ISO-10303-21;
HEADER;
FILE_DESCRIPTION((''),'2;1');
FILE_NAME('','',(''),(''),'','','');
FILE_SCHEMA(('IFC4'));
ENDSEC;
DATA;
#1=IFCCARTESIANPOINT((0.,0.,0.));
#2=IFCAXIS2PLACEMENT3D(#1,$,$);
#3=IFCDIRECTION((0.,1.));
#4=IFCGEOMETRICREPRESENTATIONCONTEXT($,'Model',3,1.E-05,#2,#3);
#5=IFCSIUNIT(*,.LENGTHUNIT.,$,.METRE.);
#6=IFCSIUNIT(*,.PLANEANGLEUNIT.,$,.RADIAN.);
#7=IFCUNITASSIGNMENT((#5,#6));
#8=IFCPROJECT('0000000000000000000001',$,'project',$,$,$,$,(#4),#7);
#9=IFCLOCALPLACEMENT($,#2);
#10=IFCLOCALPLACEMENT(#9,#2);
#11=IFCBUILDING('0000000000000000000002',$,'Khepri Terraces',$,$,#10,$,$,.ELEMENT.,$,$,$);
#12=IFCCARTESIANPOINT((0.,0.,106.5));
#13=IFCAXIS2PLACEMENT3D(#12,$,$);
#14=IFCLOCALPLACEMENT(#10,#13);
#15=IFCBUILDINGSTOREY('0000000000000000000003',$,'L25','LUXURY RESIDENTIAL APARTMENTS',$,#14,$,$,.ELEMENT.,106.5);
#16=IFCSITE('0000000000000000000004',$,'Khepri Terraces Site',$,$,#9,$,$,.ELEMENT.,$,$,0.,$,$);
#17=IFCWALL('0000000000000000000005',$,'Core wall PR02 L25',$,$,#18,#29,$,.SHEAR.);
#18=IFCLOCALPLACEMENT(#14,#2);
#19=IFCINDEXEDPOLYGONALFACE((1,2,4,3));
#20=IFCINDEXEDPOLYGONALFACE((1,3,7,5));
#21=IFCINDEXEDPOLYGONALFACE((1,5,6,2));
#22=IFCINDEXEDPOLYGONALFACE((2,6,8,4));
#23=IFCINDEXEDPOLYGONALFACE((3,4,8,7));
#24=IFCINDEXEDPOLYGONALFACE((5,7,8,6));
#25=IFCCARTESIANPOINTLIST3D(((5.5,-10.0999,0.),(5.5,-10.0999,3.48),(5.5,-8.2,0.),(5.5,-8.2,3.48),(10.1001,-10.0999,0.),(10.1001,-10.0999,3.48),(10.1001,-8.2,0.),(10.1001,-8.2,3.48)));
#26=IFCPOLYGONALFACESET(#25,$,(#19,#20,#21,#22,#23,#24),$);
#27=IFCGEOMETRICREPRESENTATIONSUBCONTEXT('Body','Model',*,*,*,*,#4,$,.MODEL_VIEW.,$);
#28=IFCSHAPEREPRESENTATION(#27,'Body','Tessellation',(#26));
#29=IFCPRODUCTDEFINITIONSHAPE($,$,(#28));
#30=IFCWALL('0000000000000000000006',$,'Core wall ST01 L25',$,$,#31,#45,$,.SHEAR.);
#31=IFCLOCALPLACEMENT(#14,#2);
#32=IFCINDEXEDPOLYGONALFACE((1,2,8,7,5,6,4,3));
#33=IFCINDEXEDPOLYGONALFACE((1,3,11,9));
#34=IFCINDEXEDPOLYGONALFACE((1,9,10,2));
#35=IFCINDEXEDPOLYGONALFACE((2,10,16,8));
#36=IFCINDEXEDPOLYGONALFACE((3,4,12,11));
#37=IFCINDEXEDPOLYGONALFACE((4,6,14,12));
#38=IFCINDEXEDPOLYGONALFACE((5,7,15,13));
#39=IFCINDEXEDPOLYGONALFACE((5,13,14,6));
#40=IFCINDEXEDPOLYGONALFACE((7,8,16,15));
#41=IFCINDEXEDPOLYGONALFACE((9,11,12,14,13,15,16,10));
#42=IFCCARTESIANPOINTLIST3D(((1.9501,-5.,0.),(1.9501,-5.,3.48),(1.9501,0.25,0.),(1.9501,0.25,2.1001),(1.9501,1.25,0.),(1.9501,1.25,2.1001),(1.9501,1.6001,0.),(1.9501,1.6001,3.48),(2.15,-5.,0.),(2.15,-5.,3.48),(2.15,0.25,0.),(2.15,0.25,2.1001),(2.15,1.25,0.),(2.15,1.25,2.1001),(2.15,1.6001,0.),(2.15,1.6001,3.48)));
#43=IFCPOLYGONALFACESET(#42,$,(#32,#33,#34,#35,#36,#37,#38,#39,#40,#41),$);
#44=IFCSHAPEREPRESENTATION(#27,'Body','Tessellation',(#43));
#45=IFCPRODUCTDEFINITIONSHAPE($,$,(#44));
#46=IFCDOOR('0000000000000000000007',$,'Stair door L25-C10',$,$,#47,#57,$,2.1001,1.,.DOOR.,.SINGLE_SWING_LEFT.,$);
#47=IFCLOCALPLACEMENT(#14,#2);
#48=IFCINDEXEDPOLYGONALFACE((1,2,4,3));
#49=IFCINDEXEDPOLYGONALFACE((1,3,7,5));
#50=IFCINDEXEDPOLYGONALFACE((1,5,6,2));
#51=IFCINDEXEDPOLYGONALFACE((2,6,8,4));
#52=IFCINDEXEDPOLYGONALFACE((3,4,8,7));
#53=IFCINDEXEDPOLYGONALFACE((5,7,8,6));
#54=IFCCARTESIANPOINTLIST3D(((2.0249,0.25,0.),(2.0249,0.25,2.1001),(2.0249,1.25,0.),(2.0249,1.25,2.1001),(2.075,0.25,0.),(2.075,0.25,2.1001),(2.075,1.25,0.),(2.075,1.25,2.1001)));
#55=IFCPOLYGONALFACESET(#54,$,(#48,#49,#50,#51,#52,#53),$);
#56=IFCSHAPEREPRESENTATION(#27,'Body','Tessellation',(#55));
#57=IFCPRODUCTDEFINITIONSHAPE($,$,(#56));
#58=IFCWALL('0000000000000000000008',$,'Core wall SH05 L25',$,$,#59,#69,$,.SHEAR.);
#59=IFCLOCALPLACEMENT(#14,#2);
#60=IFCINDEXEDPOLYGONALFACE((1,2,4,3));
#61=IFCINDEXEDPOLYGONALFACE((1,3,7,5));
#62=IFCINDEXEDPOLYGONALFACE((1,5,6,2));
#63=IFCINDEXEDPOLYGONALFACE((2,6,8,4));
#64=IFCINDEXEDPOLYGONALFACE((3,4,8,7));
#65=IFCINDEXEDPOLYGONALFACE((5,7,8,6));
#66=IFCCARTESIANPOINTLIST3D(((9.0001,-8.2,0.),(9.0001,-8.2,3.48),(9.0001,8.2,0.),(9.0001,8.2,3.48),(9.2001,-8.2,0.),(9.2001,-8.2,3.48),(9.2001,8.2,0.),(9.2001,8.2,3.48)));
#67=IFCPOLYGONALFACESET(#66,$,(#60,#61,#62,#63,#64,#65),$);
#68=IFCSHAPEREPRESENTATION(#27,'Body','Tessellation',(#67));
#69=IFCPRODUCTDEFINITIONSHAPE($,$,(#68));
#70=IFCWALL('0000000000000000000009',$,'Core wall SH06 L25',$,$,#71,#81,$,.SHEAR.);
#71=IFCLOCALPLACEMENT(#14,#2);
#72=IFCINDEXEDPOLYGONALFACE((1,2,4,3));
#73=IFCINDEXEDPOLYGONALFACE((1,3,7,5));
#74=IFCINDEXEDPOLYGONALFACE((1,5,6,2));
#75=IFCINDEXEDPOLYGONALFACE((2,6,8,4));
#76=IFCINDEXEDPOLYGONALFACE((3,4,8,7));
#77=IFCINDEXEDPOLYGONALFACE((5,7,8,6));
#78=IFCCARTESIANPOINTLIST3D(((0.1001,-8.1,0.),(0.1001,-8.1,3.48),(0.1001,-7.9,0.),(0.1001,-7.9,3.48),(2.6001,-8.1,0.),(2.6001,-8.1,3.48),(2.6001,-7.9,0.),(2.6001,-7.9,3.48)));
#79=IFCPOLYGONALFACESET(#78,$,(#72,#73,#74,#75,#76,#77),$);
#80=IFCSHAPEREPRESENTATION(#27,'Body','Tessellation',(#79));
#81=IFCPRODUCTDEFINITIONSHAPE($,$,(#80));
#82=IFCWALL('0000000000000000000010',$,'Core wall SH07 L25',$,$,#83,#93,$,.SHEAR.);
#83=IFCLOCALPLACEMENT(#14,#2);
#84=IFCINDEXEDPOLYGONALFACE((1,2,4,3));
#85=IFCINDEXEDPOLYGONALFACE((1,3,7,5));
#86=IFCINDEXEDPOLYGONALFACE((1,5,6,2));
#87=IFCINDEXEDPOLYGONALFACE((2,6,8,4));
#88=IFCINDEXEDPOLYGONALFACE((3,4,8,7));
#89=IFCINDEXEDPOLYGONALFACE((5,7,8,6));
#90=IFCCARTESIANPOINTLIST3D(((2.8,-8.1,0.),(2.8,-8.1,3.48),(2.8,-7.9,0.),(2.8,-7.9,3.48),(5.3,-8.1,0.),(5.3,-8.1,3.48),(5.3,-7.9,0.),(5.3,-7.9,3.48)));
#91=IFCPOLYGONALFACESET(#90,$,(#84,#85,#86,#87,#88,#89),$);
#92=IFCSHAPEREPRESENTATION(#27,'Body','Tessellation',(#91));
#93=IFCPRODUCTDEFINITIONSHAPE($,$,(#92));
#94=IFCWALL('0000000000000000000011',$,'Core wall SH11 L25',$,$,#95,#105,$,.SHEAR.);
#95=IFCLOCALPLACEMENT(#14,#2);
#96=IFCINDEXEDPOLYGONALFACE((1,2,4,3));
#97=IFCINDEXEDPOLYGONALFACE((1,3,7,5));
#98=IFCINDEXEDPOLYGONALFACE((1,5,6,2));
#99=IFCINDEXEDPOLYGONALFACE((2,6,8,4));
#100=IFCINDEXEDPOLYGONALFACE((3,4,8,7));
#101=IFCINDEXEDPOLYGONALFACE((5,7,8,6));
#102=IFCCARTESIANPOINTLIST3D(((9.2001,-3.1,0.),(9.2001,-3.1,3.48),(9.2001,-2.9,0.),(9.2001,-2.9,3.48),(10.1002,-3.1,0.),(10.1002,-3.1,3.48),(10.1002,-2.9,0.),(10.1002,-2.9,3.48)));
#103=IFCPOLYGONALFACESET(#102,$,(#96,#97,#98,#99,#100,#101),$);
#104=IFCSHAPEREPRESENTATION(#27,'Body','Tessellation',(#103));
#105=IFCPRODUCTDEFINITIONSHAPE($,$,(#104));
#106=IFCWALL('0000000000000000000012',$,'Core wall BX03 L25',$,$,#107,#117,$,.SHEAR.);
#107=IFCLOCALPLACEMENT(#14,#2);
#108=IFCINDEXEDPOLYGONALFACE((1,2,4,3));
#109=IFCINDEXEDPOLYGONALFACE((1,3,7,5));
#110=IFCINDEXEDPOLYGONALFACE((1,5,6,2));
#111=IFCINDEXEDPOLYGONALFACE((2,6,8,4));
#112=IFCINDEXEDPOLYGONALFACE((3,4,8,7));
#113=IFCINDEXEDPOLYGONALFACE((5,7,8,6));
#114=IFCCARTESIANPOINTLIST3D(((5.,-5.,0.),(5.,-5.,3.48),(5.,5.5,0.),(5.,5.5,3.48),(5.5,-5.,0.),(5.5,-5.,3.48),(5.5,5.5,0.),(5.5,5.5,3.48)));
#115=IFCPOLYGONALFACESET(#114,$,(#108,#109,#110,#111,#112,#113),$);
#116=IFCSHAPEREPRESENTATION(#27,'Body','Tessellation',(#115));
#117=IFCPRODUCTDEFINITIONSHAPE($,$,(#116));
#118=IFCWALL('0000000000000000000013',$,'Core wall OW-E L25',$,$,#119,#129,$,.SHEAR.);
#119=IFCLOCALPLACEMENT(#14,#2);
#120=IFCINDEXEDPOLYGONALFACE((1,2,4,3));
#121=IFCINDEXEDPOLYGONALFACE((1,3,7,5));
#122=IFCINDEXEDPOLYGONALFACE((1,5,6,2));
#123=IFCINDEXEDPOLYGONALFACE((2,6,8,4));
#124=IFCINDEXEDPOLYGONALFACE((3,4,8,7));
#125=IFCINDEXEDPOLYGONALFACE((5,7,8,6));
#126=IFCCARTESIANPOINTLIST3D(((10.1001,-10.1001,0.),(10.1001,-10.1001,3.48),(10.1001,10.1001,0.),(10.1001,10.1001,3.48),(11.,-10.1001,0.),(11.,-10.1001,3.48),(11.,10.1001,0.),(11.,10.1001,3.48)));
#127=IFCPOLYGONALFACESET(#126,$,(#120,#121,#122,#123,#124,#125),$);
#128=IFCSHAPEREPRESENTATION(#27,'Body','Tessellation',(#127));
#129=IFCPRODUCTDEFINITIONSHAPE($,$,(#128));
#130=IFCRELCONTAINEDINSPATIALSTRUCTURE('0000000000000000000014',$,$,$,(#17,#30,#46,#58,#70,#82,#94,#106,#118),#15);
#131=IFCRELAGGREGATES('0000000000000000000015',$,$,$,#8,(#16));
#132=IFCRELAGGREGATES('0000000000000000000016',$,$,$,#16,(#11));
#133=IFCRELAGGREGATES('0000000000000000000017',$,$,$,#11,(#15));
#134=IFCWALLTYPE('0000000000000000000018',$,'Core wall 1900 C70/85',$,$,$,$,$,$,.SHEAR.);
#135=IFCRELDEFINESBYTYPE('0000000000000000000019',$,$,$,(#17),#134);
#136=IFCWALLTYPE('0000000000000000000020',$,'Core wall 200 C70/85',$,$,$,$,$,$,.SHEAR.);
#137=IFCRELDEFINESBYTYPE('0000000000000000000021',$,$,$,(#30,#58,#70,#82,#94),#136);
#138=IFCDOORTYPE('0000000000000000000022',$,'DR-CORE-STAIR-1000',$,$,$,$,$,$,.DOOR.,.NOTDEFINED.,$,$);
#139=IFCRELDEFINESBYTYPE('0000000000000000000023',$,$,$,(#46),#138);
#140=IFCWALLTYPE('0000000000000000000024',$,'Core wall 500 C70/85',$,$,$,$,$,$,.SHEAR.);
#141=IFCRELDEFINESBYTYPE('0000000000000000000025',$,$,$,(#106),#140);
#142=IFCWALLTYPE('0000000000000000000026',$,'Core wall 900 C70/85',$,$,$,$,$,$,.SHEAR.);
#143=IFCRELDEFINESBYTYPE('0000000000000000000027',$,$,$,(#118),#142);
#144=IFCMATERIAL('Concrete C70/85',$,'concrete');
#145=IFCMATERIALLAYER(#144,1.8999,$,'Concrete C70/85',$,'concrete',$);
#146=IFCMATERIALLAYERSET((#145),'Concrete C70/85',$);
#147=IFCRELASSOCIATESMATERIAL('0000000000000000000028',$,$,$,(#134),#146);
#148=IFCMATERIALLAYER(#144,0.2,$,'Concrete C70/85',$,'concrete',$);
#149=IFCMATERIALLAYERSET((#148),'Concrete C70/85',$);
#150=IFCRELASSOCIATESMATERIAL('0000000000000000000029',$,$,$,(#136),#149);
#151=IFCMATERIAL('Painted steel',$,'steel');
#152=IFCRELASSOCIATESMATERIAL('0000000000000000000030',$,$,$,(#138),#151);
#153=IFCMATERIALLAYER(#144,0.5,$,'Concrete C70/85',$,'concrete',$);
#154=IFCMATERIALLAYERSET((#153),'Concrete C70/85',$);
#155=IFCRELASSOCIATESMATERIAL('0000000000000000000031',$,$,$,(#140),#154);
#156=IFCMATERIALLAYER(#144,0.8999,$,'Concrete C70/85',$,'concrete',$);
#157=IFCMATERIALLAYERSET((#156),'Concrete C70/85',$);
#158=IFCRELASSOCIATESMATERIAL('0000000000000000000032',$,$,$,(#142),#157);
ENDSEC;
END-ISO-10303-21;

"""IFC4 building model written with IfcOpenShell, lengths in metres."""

from ifc_helpers import new_model, si_unit, direction, frame, frame_2d, origin, place, context, subcontext, project, spatial, rectangle, extrude, material, layer, layer_set, type_object, element, fill, save


model = new_model("IFC4")

# Units and contexts
model_context = context("Model", 3, precision=1e-05, world=origin(), true_north=direction((0.0, 1.0)))
body_context = subcontext(model_context, "Body", "Model", "MODEL_VIEW")
ifc_project = project(units=[si_unit("LENGTHUNIT", "METRE"), si_unit("PLANEANGLEUNIT", "RADIAN")], contexts=[model_context])

# Site, building, storey
site_placement = place(None, origin())
site = spatial("IfcSite", under=ifc_project, at=site_placement, Name="Khepri Terraces Site", CompositionType="ELEMENT", RefElevation=0.0)
building_placement = place(site_placement, origin())
building = spatial("IfcBuilding", under=site, at=building_placement, Name="Khepri Terraces", CompositionType="ELEMENT")
storey_placement = place(building_placement, frame((0.0, 0.0, 106.5)))
storey = spatial("IfcBuildingStorey", under=building, at=storey_placement, Name="L25", Description="LUXURY RESIDENTIAL APARTMENTS", CompositionType="ELEMENT", Elevation=106.5)

# Wall
ifc_material_1 = material(Name="Concrete C70/85", Category="concrete")
ifc_layer_1 = layer(ifc_material_1, 1.8999, Name="Concrete C70/85", Category="concrete")
ifc_layer_set_1 = layer_set([ifc_layer_1], Name="Concrete C70/85")
wall_type_1 = type_object("IfcWallType", Name="Core wall 1900 C70/85", PredefinedType="SHEAR", material=ifc_layer_set_1)
wall_1_placement = place(storey_placement, frame((5.5, -9.1499, 0.0), z_axis=(0.0, 0.0, 1.0), x_axis=(1.0, 0.0, 0.0)))
element("IfcWall", 1, at=wall_1_placement, inside=storey, type_object=wall_type_1, Name="Core wall PR02 L25", PredefinedType="SHEAR", context=body_context, shape_type="SweptSolid", body=[
    extrude(rectangle(XDim=4.6001, YDim=1.8999, at=frame_2d((2.3, 0.0))), origin(), (0.0, 0.0, 1.0), 3.48),
])

# Wall, opening, door
ifc_layer_2 = layer(ifc_material_1, 0.2, Name="Concrete C70/85", Category="concrete")
ifc_layer_set_2 = layer_set([ifc_layer_2], Name="Concrete C70/85")
wall_type_2 = type_object("IfcWallType", Name="Core wall 200 C70/85", PredefinedType="SHEAR", material=ifc_layer_set_2)
wall_2_placement = place(storey_placement, frame((2.05, -5.0, 0.0), z_axis=(0.0, 0.0, 1.0), x_axis=(0.0, 1.0, 0.0)))
wall_2 = element("IfcWall", 2, at=wall_2_placement, inside=storey, type_object=wall_type_2, Name="Core wall ST01 L25", PredefinedType="SHEAR", context=body_context, shape_type="SweptSolid", body=[
    extrude(rectangle(XDim=6.6001, YDim=0.2, at=frame_2d((3.3, 0.0))), origin(), (0.0, 0.0, 1.0), 3.48),
])
opening_1_placement = place(wall_2_placement, frame((5.25, 0.0, 0.0)))
opening_1 = element("IfcOpeningElement", 3, at=opening_1_placement, cuts=wall_2, PredefinedType="OPENING", context=body_context, shape_type="SweptSolid", body=[
    extrude(rectangle(XDim=1.0, YDim=2.1001, at=frame_2d((0.5, 1.05))), frame((0.0, 0.1099, 0.0), z_axis=(0.0, -1.0, 0.0), x_axis=(1.0, 0.0, 0.0)), (0.0, 0.0, 1.0), 0.22),
])
ifc_material_2 = material(Name="Painted steel", Category="steel")
door_type_1 = type_object("IfcDoorType", Name="DR-CORE-STAIR-1000", OperationType="NOTDEFINED", PredefinedType="DOOR", material=ifc_material_2)
door_1_placement = place(opening_1_placement, frame((1.0, 0.0, 0.0), z_axis=(0.0, 0.0, 1.0), x_axis=(-1.0, 0.0, 0.0)))
door_1 = element("IfcDoor", 4, at=door_1_placement, inside=storey, type_object=door_type_1, Name="Stair door L25-C10", OperationType="SINGLE_SWING_LEFT", OverallHeight=2.1001, OverallWidth=1.0, PredefinedType="DOOR", context=body_context, shape_type="SweptSolid", body=[
    extrude(rectangle(XDim=1.0, YDim=2.1001, at=frame_2d((0.5, 1.05))), frame((0.0, 0.0249, 0.0), z_axis=(0.0, -1.0, 0.0), x_axis=(1.0, 0.0, 0.0)), (0.0, 0.0, 1.0), 0.05),
])
fill(opening_1, door_1)

# Walls
wall_3_placement = place(storey_placement, frame((9.1001, -8.2, 0.0), z_axis=(0.0, 0.0, 1.0), x_axis=(0.0, 1.0, 0.0)))
element("IfcWall", 5, at=wall_3_placement, inside=storey, type_object=wall_type_2, Name="Core wall SH05 L25", PredefinedType="SHEAR", context=body_context, shape_type="SweptSolid", body=[
    extrude(rectangle(XDim=16.3999, YDim=0.2, at=frame_2d((8.2, 0.0))), origin(), (0.0, 0.0, 1.0), 3.48),
])
for number, where, z_axis, x_axis, name in (
    (6, (0.1001, -8.0, 0.0), (0.0, 0.0, 1.0), (1.0, 0.0, 0.0), "Core wall SH06 L25"),
    (7, (2.8, -8.0, 0.0), (0.0, 0.0, 1.0), (1.0, 0.0, 0.0), "Core wall SH07 L25"),
):
    element("IfcWall", number, at=place(storey_placement, frame(where, z_axis=z_axis, x_axis=x_axis)), inside=storey, type_object=wall_type_2, Name=name, PredefinedType="SHEAR", context=body_context, shape_type="SweptSolid", body=[
        extrude(rectangle(XDim=2.5, YDim=0.2, at=frame_2d((1.25, 0.0))), origin(), (0.0, 0.0, 1.0), 3.48),
    ])
wall_4_placement = place(storey_placement, frame((9.2, -3.0, 0.0), z_axis=(0.0, 0.0, 1.0), x_axis=(1.0, 0.0, 0.0)))
element("IfcWall", 8, at=wall_4_placement, inside=storey, type_object=wall_type_2, Name="Core wall SH11 L25", PredefinedType="SHEAR", context=body_context, shape_type="SweptSolid", body=[
    extrude(rectangle(XDim=0.9001, YDim=0.2, at=frame_2d((0.4502, 0.0))), origin(), (0.0, 0.0, 1.0), 3.48),
])
ifc_layer_3 = layer(ifc_material_1, 0.5, Name="Concrete C70/85", Category="concrete")
ifc_layer_set_3 = layer_set([ifc_layer_3], Name="Concrete C70/85")
wall_type_3 = type_object("IfcWallType", Name="Core wall 500 C70/85", PredefinedType="SHEAR", material=ifc_layer_set_3)
wall_5_placement = place(storey_placement, frame((5.25, -5.0, 0.0), z_axis=(0.0, 0.0, 1.0), x_axis=(0.0, 1.0, 0.0)))
element("IfcWall", 9, at=wall_5_placement, inside=storey, type_object=wall_type_3, Name="Core wall BX03 L25", PredefinedType="SHEAR", context=body_context, shape_type="SweptSolid", body=[
    extrude(rectangle(XDim=10.5, YDim=0.5, at=frame_2d((5.25, 0.0))), origin(), (0.0, 0.0, 1.0), 3.48),
])
ifc_layer_4 = layer(ifc_material_1, 0.8999, Name="Concrete C70/85", Category="concrete")
ifc_layer_set_4 = layer_set([ifc_layer_4], Name="Concrete C70/85")
wall_type_4 = type_object("IfcWallType", Name="Core wall 900 C70/85", PredefinedType="SHEAR", material=ifc_layer_set_4)
wall_6_placement = place(storey_placement, frame((10.55, -10.1001, 0.0), z_axis=(0.0, 0.0, 1.0), x_axis=(0.0, 1.0, 0.0)))
element("IfcWall", 10, at=wall_6_placement, inside=storey, type_object=wall_type_4, Name="Core wall OW-E L25", PredefinedType="SHEAR", context=body_context, shape_type="SweptSolid", body=[
    extrude(rectangle(XDim=20.2002, YDim=0.8999, at=frame_2d((10.1001, 0.0))), origin(), (0.0, 0.0, 1.0), 3.48),
])

save(model, "model.ifc")
